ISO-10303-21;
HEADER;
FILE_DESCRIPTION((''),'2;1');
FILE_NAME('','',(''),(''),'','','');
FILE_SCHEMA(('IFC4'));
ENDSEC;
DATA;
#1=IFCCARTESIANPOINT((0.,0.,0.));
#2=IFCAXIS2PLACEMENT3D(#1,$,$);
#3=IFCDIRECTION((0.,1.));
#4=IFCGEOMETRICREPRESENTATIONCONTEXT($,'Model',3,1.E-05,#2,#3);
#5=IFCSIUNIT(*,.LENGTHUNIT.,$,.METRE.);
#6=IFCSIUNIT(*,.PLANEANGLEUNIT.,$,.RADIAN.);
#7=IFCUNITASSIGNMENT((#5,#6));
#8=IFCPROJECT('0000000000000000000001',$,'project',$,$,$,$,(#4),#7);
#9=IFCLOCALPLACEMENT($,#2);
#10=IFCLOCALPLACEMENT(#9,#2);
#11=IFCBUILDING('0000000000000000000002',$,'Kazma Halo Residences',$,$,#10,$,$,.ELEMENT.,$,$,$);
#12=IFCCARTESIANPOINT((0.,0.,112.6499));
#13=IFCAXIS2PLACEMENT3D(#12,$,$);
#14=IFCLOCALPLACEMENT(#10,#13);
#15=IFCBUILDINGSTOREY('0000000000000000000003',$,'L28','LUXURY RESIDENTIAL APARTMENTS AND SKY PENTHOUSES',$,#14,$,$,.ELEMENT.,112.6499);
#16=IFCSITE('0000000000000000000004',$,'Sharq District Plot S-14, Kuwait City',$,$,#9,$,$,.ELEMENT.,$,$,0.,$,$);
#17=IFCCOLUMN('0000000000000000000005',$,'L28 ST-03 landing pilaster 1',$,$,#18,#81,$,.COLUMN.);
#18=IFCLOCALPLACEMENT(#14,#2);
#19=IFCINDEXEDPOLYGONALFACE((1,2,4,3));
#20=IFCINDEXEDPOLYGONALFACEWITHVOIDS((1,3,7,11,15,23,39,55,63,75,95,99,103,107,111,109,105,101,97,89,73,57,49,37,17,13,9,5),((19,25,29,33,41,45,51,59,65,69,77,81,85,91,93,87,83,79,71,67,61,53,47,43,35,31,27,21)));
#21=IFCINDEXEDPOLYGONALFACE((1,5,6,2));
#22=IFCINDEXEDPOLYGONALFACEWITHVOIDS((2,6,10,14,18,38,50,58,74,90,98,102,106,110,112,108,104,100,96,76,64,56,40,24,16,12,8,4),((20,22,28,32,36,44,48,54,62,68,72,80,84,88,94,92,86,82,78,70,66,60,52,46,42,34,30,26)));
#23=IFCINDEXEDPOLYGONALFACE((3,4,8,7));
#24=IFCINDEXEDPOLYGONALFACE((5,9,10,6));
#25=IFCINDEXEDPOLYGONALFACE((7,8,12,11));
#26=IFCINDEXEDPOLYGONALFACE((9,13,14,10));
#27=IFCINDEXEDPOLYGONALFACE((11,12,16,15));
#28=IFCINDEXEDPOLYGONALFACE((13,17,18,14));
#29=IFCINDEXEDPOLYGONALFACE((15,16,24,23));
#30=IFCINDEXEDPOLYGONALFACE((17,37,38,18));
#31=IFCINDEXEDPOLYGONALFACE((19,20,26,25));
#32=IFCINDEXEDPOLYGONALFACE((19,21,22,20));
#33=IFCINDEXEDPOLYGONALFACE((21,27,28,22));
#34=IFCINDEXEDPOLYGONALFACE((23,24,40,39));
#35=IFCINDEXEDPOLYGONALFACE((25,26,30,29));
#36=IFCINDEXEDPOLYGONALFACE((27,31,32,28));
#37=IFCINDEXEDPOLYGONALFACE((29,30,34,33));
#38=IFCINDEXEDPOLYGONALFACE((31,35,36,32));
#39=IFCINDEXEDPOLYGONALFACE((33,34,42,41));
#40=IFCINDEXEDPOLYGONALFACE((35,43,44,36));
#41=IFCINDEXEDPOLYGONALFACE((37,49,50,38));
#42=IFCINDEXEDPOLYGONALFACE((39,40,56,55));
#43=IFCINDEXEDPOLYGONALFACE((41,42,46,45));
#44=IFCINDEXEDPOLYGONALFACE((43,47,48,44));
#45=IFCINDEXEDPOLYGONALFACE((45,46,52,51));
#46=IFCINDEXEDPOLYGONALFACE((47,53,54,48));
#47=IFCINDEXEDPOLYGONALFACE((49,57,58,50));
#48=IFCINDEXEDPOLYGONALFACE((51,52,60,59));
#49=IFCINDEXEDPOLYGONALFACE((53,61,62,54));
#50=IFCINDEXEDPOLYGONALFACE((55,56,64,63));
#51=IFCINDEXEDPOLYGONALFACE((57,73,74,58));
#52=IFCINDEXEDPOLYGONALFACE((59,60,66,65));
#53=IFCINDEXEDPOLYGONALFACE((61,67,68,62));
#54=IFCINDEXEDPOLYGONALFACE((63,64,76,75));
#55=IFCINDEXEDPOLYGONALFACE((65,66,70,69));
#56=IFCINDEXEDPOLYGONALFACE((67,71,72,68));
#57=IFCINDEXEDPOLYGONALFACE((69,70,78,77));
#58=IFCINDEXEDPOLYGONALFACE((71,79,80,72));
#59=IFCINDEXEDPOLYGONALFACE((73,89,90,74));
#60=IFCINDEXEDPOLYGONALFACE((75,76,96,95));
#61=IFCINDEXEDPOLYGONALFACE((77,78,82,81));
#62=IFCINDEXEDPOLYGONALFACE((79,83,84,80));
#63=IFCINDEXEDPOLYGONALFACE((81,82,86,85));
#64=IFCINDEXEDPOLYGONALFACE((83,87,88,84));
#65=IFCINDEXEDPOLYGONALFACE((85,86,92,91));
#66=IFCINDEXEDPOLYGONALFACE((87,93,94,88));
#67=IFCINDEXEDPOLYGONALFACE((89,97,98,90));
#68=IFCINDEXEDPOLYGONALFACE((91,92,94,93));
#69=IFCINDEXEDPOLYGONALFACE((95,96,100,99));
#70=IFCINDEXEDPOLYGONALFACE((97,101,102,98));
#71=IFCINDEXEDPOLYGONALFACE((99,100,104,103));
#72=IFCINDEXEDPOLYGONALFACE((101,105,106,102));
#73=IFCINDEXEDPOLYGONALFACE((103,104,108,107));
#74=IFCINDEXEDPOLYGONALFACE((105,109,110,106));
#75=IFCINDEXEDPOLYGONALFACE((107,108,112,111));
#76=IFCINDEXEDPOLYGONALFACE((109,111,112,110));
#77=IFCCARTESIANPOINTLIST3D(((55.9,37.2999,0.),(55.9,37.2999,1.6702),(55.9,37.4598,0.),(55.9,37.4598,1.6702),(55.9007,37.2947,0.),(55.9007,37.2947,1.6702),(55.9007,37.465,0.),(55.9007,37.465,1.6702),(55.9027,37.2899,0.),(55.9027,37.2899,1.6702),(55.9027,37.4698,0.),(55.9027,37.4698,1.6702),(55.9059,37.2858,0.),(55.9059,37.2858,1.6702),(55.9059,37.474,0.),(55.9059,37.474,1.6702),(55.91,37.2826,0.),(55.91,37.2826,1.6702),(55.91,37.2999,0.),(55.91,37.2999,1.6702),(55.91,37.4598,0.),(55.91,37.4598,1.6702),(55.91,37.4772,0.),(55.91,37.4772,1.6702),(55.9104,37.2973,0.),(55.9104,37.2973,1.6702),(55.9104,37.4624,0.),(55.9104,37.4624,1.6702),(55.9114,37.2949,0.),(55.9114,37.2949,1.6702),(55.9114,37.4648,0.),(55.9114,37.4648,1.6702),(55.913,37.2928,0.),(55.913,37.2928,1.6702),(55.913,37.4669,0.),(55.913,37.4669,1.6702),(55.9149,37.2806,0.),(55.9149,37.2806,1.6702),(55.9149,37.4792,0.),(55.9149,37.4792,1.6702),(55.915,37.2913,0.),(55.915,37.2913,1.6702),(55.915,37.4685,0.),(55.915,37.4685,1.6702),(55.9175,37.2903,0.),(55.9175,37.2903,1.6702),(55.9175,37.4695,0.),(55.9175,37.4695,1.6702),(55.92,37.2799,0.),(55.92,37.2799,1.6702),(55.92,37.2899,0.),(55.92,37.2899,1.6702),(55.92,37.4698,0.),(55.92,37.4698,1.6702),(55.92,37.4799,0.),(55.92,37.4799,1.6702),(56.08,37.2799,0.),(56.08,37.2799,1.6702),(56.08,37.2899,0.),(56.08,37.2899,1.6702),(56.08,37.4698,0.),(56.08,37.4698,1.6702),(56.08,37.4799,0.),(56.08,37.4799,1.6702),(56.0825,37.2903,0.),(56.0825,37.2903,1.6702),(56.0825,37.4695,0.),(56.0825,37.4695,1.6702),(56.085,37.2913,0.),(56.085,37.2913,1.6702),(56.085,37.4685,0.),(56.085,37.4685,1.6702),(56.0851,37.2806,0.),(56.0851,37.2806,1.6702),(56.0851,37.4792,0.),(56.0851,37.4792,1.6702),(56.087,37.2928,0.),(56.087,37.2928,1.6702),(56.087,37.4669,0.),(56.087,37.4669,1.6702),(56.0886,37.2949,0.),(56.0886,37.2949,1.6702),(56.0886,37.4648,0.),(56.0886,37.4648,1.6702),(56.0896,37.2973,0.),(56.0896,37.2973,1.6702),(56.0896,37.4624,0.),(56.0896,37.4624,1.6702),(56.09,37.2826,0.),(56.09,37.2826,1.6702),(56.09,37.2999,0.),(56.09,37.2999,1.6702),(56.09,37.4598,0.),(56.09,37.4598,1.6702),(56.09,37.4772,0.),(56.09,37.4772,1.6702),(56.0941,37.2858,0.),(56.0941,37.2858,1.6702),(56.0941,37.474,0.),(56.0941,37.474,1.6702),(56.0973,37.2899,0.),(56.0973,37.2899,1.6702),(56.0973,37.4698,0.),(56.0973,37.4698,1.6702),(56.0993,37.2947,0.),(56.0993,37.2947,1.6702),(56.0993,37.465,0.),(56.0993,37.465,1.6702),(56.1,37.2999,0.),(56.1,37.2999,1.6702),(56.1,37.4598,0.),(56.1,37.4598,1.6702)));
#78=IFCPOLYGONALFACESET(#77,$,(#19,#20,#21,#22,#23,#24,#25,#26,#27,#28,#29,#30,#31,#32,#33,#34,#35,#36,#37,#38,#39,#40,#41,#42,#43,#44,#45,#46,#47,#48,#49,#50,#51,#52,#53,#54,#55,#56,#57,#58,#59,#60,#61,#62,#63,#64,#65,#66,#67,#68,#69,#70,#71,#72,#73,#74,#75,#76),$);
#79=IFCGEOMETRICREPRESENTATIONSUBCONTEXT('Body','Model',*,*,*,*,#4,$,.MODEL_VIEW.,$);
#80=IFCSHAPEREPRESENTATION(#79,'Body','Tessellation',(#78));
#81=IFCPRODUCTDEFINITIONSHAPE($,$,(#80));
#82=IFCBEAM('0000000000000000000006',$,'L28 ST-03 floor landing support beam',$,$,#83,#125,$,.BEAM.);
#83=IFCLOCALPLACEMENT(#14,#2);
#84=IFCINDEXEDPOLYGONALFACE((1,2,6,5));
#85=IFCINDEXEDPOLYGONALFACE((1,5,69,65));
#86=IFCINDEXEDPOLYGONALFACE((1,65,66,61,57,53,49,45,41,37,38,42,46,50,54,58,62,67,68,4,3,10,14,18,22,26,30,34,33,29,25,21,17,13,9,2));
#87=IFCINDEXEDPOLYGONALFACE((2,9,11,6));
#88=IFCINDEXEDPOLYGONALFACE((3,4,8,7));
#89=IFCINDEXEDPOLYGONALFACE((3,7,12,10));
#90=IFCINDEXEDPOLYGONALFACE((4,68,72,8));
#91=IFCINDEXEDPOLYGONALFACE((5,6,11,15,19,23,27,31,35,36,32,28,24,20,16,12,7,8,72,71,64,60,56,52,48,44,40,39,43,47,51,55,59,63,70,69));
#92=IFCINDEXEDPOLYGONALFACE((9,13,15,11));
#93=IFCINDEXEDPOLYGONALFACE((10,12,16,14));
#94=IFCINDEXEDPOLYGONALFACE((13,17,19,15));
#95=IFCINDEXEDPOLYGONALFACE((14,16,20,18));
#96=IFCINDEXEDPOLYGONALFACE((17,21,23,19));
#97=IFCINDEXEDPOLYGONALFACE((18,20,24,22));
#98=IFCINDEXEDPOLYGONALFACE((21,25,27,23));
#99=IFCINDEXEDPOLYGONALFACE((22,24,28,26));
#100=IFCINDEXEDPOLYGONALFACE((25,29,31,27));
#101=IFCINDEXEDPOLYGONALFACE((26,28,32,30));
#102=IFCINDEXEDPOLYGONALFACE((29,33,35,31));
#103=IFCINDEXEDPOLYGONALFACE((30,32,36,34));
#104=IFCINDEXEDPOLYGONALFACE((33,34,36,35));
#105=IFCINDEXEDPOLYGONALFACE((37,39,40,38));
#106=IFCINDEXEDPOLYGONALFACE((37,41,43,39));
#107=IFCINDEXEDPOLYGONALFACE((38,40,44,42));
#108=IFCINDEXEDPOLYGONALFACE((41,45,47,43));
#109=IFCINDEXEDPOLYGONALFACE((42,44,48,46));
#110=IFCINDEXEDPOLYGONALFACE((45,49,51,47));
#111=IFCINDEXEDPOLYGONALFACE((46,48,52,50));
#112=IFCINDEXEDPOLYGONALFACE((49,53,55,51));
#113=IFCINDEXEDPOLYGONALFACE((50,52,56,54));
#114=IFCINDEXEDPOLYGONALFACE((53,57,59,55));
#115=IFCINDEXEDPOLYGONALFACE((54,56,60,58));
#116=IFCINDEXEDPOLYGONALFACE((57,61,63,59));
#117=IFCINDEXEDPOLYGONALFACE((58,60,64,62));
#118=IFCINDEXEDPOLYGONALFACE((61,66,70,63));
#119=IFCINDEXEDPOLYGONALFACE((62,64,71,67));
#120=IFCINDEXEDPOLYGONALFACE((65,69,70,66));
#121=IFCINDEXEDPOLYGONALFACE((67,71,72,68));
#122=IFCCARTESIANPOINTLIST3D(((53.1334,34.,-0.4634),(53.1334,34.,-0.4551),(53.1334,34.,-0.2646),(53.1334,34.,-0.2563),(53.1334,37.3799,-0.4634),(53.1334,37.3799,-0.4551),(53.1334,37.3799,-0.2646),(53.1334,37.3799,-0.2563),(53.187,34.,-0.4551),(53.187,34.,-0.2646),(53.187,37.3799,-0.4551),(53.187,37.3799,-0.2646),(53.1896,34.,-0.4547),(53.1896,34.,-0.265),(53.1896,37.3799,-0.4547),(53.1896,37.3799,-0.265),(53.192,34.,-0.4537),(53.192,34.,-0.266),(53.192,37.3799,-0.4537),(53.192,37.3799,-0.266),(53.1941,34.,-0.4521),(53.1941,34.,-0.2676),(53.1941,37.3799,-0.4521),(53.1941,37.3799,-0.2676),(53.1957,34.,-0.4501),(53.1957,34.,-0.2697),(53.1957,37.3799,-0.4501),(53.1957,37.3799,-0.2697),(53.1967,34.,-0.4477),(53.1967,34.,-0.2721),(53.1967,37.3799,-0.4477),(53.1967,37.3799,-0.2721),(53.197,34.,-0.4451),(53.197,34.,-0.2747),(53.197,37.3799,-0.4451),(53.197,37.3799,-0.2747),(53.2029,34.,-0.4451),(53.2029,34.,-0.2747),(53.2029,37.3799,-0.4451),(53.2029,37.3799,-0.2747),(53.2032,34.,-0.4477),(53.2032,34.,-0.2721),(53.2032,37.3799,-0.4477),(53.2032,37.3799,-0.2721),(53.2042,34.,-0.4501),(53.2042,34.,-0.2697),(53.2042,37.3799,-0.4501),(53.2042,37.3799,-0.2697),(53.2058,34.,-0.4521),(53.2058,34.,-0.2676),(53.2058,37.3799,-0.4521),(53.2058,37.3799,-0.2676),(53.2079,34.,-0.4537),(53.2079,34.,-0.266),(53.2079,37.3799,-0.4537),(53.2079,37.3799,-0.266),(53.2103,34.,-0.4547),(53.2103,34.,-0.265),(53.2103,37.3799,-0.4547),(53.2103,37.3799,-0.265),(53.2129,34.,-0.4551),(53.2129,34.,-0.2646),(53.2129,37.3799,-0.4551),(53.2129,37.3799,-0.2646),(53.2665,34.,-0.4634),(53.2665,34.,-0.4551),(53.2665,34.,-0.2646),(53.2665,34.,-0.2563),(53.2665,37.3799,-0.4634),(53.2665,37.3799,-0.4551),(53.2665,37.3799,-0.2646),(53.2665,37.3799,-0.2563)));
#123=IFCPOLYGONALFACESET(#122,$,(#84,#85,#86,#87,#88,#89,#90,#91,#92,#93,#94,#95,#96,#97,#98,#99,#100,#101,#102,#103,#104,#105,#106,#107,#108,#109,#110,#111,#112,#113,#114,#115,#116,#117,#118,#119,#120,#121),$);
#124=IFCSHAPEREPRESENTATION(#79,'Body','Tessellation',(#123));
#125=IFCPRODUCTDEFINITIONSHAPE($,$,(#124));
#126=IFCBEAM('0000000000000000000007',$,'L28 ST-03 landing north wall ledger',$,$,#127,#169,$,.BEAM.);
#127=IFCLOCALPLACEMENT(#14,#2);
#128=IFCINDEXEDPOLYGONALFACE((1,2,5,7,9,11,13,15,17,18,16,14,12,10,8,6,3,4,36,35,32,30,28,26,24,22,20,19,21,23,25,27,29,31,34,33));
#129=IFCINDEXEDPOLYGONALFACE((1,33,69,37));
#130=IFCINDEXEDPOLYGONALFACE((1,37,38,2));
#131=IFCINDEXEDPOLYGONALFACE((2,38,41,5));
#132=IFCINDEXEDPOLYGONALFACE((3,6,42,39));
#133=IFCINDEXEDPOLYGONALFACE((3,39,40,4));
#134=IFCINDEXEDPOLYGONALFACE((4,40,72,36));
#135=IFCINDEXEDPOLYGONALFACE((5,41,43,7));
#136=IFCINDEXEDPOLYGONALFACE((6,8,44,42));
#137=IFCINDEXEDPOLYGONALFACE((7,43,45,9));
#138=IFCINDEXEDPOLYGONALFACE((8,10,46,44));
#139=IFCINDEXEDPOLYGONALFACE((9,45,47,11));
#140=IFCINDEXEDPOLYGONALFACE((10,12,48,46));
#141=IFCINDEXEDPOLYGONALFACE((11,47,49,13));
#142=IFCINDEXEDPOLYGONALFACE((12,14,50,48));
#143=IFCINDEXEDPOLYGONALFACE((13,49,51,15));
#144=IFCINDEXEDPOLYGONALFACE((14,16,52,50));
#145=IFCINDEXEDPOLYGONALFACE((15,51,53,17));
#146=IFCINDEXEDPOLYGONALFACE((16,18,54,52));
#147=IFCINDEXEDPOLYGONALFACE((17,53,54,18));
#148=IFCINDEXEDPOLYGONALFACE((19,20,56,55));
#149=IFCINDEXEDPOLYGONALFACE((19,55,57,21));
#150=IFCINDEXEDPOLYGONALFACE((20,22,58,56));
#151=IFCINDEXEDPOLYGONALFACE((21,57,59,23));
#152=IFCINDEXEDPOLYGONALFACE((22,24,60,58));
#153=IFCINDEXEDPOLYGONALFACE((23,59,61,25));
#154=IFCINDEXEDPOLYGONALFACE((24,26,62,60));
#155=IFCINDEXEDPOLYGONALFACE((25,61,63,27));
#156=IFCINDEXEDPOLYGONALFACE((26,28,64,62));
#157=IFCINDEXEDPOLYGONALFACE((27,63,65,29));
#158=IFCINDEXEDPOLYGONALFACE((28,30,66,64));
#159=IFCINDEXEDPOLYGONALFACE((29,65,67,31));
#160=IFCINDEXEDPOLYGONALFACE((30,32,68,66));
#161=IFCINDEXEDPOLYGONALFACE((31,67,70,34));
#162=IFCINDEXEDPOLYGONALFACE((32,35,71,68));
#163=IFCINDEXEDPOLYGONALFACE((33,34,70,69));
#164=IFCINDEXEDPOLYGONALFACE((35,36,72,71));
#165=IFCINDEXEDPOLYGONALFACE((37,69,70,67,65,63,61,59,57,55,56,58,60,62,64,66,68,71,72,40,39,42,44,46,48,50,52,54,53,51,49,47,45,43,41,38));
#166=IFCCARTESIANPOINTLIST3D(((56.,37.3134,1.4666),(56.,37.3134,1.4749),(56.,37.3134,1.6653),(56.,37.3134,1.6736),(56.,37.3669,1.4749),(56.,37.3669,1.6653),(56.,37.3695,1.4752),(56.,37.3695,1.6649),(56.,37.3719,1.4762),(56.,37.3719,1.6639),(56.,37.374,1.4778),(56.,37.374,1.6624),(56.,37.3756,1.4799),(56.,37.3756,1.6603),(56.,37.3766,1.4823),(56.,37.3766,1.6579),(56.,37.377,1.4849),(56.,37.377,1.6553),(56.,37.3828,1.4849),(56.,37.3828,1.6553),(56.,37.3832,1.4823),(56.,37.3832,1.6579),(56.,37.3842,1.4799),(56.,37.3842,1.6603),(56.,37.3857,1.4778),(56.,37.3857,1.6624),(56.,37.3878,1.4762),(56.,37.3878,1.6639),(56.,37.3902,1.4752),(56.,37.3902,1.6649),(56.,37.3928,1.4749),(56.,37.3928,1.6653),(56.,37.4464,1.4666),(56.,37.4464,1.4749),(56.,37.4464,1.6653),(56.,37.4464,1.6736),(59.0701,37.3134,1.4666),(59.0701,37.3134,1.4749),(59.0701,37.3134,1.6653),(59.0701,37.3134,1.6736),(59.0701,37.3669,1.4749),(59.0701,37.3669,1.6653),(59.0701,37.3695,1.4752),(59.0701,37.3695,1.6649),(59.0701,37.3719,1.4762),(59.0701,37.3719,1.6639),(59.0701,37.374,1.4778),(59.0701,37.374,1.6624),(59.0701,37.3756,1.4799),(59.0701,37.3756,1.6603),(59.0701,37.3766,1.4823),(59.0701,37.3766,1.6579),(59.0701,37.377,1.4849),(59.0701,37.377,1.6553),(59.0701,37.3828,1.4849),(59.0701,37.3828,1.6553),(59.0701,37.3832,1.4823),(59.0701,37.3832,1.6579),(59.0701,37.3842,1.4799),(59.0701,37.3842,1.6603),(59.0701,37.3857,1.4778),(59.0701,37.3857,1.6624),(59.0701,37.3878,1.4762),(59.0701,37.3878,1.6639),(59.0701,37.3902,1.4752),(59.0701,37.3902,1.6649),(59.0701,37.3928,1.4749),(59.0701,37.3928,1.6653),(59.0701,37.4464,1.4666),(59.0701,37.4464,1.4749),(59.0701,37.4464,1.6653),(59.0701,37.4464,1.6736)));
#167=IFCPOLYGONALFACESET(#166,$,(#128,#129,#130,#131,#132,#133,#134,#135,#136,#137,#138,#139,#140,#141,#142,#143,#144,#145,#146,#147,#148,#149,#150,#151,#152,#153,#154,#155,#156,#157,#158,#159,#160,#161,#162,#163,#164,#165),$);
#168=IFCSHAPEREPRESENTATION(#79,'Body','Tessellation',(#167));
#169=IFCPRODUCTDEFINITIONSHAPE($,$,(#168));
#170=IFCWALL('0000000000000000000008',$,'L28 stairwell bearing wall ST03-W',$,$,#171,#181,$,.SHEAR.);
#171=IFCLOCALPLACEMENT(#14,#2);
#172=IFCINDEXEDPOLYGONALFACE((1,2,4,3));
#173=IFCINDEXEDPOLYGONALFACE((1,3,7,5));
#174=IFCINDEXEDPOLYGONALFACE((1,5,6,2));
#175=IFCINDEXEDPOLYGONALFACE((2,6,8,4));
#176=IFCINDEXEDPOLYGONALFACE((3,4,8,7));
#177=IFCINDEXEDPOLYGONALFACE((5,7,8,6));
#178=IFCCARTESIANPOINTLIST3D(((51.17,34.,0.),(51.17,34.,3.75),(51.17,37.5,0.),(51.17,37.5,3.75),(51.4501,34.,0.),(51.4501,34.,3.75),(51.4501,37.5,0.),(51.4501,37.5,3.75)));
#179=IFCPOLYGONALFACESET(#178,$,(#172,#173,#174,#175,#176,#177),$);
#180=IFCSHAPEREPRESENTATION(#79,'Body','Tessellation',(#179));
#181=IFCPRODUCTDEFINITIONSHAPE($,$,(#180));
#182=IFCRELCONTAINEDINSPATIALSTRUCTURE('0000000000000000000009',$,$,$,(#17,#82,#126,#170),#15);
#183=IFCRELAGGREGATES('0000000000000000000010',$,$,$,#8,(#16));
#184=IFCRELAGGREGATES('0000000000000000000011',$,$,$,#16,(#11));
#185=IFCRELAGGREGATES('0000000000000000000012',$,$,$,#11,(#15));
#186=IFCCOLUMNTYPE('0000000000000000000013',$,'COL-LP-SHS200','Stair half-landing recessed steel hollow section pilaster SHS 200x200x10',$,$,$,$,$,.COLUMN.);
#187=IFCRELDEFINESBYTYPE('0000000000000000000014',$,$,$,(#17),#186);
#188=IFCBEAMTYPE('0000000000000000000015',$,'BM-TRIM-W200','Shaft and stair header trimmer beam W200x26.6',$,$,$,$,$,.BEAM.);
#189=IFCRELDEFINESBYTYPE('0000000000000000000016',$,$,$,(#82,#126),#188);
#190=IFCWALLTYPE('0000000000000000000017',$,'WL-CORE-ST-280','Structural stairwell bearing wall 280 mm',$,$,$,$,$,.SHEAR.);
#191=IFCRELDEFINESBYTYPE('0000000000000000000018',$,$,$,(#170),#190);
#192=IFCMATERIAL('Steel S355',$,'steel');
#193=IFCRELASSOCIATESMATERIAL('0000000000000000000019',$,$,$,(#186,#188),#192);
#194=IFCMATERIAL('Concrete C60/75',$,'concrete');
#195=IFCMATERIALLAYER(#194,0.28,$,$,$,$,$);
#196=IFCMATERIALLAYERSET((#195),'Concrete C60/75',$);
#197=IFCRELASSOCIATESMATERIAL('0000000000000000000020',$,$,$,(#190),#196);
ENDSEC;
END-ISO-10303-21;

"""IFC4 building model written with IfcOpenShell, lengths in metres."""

from ifc_helpers import new_model, si_unit, direction, frame, frame_2d, origin, origin_2d, place, context, subcontext, project, spatial, rectangle, hollow_rectangle, i_section, extrude, material, layer, layer_set, material_profile, profile_set, type_object, element, save


model = new_model("IFC4")

# Units and contexts
model_context = context("Model", 3, precision=1e-05, world=origin(), true_north=direction((0.0, 1.0)))
body_context = subcontext(model_context, "Body", "Model", "MODEL_VIEW")
ifc_project = project(units=[si_unit("LENGTHUNIT", "METRE"), si_unit("PLANEANGLEUNIT", "RADIAN")], contexts=[model_context])

# Site, building, storey
site_placement = place(None, origin())
site = spatial("IfcSite", under=ifc_project, at=site_placement, Name="Sharq District Plot S-14, Kuwait City", CompositionType="ELEMENT", RefElevation=0.0)
building_placement = place(site_placement, origin())
building = spatial("IfcBuilding", under=site, at=building_placement, Name="Kazma Halo Residences", CompositionType="ELEMENT")
storey_placement = place(building_placement, frame((0.0, 0.0, 112.6499)))
storey = spatial("IfcBuildingStorey", under=building, at=storey_placement, Name="L28", Description="LUXURY RESIDENTIAL APARTMENTS AND SKY PENTHOUSES", CompositionType="ELEMENT", Elevation=112.6499)

# Column
ifc_material_1 = material(Name="Steel S355", Category="steel")
ifc_material_profile_1 = material_profile(ifc_material_1, hollow_rectangle(XDim=0.2, YDim=0.2, WallThickness=0.01, InnerFilletRadius=0.01, OuterFilletRadius=0.02, at=origin_2d()), Name="SHS200x200x10")
ifc_profile_set_1 = profile_set([ifc_material_profile_1], Name="Steel S355")
column_type = type_object("IfcColumnType", Name="COL-LP-SHS200", Description="Stair half-landing recessed steel hollow section pilaster SHS 200x200x10", PredefinedType="COLUMN", material=ifc_profile_set_1)
column_placement = place(storey_placement, frame((56.0, 37.3799, 0.0), z_axis=(0.0, 0.0, 1.0), x_axis=(1.0, 0.0, 0.0)))
element("IfcColumn", 1, at=column_placement, inside=storey, type_object=column_type, Name="L28 ST-03 landing pilaster 1", PredefinedType="COLUMN", context=body_context, shape_type="SweptSolid", body=[
    extrude(hollow_rectangle(XDim=0.2, YDim=0.2, WallThickness=0.01, InnerFilletRadius=0.01, OuterFilletRadius=0.02, at=origin_2d()), origin(), (0.0, 0.0, 1.0), 1.6702),
])

# Beams
ifc_material_profile_2 = material_profile(ifc_material_1, i_section(OverallWidth=0.1331, OverallDepth=0.207, WebThickness=0.0059, FlangeThickness=0.0083, FilletRadius=0.01, at=origin_2d()), Name="W200x26.6")
ifc_profile_set_2 = profile_set([ifc_material_profile_2], Name="Steel S355")
beam_type = type_object("IfcBeamType", Name="BM-TRIM-W200", Description="Shaft and stair header trimmer beam W200x26.6", PredefinedType="BEAM", material=ifc_profile_set_2)
beam_1_placement = place(storey_placement, frame((53.2, 34.0, -0.3599), z_axis=(0.0, 1.0, 0.0), x_axis=(-1.0, 0.0, 0.0)))
element("IfcBeam", 2, at=beam_1_placement, inside=storey, type_object=beam_type, Name="L28 ST-03 floor landing support beam", PredefinedType="BEAM", context=body_context, shape_type="SweptSolid", body=[
    extrude(i_section(OverallWidth=0.1331, OverallDepth=0.207, WebThickness=0.0059, FlangeThickness=0.0083, FilletRadius=0.01, at=origin_2d()), origin(), (0.0, 0.0, 1.0), 3.3799),
])
beam_2_placement = place(storey_placement, frame((56.0, 37.3799, 1.5701), z_axis=(1.0, 0.0, 0.0), x_axis=(0.0, 1.0, 0.0)))
element("IfcBeam", 3, at=beam_2_placement, inside=storey, type_object=beam_type, Name="L28 ST-03 landing north wall ledger", PredefinedType="BEAM", context=body_context, shape_type="SweptSolid", body=[
    extrude(i_section(OverallWidth=0.1331, OverallDepth=0.207, WebThickness=0.0059, FlangeThickness=0.0083, FilletRadius=0.01, at=origin_2d()), origin(), (0.0, 0.0, 1.0), 3.0701),
])

# Wall
ifc_material_2 = material(Name="Concrete C60/75", Category="concrete")
ifc_layer_1 = layer(ifc_material_2, 0.28)
ifc_layer_set_1 = layer_set([ifc_layer_1], Name="Concrete C60/75")
wall_type_1 = type_object("IfcWallType", Name="WL-CORE-ST-280", Description="Structural stairwell bearing wall 280 mm", PredefinedType="SHEAR", material=ifc_layer_set_1)
wall_1_placement = place(storey_placement, frame((51.3101, 34.0, 0.0), z_axis=(0.0, 0.0, 1.0), x_axis=(0.0, 1.0, 0.0)))
element("IfcWall", 4, at=wall_1_placement, inside=storey, type_object=wall_type_1, Name="L28 stairwell bearing wall ST03-W", PredefinedType="SHEAR", context=body_context, shape_type="SweptSolid", body=[
    extrude(rectangle(XDim=3.5, YDim=0.28, at=frame_2d((1.75, 0.0))), origin(), (0.0, 0.0, 1.0), 3.75),
])

save(model, "model.ifc")
